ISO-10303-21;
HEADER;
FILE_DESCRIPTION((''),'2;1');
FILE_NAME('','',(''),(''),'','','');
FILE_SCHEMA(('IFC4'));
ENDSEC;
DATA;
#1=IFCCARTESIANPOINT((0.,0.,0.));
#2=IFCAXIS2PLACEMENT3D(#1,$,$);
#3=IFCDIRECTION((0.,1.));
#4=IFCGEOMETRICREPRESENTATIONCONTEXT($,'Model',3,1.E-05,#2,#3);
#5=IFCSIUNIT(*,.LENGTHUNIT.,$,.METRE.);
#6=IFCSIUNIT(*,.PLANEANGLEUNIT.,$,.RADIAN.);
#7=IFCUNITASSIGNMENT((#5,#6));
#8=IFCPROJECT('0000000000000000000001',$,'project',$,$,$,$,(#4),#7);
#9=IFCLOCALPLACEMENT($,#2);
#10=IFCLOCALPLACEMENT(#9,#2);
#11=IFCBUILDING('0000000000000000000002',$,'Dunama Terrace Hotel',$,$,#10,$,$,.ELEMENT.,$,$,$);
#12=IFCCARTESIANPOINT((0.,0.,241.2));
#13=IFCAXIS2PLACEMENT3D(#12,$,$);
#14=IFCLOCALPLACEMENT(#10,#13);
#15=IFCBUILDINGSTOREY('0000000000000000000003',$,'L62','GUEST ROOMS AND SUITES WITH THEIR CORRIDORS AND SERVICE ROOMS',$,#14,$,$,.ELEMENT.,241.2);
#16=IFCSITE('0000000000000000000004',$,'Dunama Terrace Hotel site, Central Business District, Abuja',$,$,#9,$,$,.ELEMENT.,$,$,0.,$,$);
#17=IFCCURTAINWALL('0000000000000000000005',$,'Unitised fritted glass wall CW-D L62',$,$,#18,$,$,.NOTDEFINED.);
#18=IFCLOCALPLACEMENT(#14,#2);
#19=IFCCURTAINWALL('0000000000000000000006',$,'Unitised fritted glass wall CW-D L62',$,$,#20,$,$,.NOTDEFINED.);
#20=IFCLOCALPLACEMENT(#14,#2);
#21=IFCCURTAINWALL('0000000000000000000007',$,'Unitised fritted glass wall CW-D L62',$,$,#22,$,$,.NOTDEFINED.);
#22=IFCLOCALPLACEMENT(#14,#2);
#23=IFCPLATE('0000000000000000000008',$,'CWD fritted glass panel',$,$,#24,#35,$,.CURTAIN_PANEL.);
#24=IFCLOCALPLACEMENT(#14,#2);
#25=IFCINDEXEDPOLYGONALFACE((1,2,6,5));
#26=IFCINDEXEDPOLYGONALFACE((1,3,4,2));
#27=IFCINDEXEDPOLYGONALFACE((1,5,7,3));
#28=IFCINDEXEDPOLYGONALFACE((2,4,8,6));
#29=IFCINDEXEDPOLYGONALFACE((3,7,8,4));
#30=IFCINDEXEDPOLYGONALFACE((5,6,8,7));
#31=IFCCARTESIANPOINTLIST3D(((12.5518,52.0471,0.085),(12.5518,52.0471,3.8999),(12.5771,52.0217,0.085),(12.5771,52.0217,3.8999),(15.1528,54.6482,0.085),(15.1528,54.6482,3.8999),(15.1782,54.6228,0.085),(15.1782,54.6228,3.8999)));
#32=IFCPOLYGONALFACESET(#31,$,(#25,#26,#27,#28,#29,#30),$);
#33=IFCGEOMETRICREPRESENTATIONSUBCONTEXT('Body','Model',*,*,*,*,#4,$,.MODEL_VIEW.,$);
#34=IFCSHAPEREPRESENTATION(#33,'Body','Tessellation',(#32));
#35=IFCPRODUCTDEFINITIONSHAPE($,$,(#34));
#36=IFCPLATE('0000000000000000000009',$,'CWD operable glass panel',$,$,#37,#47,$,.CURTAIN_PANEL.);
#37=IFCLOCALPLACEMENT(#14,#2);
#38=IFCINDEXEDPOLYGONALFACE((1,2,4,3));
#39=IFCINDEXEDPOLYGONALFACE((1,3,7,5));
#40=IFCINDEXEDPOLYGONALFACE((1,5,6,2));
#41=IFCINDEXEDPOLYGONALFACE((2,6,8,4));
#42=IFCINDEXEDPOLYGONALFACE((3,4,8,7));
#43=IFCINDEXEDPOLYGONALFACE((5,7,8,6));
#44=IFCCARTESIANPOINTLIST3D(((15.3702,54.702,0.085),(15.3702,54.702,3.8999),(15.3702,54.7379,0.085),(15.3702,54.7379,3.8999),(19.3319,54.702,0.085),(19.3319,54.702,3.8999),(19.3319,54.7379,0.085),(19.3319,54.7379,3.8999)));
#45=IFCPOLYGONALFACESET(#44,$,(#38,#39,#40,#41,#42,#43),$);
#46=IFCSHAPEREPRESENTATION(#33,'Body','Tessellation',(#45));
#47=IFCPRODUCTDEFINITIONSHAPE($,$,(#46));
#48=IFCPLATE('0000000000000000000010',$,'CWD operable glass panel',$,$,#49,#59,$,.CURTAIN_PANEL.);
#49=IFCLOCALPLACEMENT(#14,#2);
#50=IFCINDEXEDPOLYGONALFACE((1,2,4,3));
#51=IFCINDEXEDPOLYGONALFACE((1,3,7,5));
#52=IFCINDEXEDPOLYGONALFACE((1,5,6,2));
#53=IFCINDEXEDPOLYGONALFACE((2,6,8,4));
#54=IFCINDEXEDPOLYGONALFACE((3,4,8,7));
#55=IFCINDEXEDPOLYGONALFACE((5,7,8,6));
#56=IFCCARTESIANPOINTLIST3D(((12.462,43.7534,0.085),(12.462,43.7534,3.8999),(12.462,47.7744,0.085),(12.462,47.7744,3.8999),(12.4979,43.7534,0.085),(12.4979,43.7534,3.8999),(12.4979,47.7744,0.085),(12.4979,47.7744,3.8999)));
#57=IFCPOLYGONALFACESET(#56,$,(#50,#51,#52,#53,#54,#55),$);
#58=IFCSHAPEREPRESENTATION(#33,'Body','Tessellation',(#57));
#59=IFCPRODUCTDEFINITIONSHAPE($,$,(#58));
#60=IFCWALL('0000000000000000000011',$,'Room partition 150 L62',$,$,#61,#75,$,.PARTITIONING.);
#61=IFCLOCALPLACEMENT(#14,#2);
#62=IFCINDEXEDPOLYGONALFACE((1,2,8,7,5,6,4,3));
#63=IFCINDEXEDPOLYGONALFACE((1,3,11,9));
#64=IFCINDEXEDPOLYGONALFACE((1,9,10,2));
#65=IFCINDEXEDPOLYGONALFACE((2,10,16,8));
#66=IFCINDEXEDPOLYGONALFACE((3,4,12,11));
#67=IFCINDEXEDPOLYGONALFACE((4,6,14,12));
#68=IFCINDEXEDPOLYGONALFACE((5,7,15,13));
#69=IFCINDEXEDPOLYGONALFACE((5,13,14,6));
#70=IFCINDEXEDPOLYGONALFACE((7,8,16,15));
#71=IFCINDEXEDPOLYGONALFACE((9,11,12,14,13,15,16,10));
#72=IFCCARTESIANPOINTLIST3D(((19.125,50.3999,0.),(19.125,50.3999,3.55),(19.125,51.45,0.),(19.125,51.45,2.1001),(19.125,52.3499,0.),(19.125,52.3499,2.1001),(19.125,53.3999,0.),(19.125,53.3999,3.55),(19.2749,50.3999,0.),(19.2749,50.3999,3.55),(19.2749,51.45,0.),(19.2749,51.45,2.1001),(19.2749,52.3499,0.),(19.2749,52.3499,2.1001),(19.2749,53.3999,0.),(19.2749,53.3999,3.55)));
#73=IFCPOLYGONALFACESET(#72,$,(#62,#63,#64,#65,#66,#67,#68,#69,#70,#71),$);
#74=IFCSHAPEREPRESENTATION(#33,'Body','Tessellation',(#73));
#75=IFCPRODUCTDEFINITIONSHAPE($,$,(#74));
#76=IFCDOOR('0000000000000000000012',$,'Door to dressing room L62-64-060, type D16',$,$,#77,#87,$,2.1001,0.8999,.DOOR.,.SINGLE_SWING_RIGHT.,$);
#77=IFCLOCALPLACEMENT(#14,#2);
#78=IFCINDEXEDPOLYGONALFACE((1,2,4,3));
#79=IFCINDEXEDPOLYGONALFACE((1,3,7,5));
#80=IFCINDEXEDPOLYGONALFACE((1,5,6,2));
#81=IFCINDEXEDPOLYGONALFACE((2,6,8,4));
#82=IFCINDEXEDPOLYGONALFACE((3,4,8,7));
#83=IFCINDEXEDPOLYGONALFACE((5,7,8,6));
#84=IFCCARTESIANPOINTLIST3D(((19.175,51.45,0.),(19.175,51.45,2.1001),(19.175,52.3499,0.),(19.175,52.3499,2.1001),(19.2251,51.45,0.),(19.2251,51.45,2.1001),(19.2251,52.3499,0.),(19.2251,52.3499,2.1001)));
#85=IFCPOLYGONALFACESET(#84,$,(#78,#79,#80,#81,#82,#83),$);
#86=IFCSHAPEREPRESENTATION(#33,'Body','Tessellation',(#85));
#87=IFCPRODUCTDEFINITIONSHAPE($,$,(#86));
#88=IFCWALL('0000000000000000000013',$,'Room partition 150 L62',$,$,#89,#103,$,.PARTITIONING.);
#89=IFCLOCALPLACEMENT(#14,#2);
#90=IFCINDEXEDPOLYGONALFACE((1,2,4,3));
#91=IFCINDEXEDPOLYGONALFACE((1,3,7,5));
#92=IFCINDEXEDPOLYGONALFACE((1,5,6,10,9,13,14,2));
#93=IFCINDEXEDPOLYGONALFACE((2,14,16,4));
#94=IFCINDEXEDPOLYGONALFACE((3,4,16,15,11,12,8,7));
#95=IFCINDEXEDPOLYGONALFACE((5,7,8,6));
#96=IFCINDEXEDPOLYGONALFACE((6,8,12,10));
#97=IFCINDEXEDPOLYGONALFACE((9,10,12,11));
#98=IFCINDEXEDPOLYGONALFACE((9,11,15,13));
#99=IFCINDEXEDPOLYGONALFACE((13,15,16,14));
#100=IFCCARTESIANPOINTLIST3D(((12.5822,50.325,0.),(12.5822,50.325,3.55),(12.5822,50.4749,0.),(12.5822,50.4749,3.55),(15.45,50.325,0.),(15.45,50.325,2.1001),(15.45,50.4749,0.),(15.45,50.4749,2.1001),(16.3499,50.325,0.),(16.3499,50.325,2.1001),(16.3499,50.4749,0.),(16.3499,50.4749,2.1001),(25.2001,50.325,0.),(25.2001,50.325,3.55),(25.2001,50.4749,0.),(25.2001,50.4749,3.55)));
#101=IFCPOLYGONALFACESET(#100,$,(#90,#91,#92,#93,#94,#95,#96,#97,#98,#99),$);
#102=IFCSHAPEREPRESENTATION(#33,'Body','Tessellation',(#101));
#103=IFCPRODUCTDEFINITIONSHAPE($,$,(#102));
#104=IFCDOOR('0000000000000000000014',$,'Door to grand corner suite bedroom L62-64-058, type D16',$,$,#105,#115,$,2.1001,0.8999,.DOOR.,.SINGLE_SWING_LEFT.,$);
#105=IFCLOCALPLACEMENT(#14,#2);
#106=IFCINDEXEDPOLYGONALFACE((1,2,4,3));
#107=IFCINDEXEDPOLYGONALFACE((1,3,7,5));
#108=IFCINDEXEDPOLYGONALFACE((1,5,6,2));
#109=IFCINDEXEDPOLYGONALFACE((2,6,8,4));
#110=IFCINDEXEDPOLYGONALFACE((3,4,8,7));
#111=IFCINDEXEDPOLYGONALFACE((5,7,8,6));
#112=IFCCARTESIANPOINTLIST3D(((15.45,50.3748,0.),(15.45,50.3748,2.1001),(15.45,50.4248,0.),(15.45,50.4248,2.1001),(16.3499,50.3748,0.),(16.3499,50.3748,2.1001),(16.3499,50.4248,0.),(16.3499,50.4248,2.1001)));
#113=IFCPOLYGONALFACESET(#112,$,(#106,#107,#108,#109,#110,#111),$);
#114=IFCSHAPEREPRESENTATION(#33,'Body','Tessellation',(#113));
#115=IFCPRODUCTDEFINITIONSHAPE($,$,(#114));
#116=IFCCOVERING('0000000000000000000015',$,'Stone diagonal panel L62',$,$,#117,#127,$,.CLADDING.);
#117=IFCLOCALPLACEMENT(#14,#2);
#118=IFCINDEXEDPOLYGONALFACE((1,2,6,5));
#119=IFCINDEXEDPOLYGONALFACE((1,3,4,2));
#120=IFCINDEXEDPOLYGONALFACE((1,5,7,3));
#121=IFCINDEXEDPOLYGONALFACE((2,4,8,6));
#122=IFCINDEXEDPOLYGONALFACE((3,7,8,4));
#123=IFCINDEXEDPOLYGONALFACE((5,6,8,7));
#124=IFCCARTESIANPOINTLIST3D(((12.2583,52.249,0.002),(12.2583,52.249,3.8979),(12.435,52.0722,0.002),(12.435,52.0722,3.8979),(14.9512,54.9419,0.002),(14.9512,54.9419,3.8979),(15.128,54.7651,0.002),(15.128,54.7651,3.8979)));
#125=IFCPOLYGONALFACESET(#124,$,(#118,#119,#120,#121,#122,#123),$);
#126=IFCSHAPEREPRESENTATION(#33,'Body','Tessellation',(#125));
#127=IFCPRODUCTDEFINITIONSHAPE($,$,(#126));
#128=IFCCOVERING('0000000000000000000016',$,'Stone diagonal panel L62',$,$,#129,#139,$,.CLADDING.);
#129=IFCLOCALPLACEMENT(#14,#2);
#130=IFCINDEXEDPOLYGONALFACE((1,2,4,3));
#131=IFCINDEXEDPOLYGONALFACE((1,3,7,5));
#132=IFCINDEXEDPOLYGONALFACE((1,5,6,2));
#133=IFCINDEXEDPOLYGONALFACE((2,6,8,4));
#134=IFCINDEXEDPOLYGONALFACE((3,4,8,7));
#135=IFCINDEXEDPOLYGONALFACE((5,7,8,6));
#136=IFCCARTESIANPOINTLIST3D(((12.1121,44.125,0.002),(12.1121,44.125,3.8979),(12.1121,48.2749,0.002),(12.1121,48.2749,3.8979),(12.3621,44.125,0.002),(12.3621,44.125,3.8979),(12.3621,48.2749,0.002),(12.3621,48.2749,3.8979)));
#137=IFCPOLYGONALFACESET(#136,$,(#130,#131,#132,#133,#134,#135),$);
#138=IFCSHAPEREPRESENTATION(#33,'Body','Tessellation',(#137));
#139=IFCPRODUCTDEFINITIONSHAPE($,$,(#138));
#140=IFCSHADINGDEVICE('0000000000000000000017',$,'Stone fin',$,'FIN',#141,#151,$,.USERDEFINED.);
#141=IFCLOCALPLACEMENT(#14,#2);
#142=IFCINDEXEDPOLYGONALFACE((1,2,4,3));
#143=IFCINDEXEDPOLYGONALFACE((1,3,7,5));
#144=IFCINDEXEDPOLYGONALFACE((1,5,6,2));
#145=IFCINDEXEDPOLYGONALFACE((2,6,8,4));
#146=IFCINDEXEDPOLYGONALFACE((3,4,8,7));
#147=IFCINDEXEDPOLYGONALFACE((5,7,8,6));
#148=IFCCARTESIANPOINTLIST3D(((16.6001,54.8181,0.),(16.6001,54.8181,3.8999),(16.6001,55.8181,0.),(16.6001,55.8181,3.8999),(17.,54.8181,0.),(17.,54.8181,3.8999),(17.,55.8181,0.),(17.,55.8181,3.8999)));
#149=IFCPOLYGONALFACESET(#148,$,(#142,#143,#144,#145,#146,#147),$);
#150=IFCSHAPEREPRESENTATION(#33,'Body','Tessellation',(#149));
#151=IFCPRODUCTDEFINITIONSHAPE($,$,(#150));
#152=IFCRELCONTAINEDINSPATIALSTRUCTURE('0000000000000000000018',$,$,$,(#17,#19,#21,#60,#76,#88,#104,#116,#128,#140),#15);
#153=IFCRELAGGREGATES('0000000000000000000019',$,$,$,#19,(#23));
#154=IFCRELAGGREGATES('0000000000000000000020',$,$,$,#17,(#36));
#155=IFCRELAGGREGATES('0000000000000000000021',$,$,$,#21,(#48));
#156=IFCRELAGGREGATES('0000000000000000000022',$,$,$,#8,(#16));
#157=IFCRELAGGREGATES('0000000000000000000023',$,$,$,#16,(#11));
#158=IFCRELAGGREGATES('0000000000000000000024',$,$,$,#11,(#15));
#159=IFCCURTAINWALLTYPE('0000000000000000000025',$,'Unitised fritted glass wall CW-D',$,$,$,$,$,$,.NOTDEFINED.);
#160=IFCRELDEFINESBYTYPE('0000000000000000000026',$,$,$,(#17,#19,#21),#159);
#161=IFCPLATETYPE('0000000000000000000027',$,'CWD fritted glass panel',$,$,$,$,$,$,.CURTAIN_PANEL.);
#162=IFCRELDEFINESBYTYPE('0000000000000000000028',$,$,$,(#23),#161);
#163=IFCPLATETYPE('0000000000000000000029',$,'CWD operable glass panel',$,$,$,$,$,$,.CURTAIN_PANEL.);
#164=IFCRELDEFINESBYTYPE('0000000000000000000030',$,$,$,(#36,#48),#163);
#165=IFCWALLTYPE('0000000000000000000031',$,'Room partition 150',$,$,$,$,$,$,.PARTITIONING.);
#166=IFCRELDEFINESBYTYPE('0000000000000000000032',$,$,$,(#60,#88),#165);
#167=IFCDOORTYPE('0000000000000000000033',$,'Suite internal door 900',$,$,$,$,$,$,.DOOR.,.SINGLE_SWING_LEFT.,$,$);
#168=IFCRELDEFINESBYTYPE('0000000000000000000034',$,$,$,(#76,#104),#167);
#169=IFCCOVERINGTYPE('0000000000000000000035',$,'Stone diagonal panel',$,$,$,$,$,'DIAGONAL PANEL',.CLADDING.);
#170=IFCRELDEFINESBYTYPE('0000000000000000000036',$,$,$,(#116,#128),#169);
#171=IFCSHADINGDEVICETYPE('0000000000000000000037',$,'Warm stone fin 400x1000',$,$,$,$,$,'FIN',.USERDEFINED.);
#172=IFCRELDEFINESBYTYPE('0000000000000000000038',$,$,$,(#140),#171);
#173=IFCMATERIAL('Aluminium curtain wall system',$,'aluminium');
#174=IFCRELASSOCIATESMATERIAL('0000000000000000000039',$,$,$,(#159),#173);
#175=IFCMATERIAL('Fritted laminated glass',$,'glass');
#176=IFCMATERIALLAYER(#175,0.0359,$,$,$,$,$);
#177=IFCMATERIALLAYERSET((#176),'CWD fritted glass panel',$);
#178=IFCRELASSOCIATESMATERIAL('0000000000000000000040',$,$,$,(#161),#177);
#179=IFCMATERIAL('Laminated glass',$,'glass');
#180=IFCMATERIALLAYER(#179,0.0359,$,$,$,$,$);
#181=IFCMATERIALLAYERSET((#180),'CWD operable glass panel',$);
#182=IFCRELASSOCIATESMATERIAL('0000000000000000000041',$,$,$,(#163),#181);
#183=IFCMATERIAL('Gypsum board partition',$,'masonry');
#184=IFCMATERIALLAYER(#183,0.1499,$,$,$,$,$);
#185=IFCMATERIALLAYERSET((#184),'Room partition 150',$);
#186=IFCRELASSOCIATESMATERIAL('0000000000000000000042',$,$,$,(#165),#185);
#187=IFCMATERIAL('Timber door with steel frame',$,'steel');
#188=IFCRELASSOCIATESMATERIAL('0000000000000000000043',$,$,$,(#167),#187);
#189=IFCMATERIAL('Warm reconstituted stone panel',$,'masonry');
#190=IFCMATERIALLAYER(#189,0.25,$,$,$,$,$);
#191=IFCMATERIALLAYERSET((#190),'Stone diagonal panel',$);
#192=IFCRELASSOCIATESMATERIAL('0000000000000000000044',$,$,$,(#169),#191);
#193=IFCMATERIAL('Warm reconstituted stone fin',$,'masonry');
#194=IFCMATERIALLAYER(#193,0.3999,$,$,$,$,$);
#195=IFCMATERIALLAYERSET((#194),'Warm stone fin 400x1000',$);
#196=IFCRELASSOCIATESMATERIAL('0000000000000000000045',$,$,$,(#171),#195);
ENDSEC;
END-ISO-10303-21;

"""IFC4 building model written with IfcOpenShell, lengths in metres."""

from ifc_helpers import new_model, si_unit, direction, frame, frame_2d, origin, origin_2d, place, context, subcontext, project, spatial, rectangle, extrude, material, layer, layer_set, type_object, element, fill, aggregate, save


model = new_model("IFC4")

# Units and contexts
model_context = context("Model", 3, precision=1e-05, world=origin(), true_north=direction((0.0, 1.0)))
body_context = subcontext(model_context, "Body", "Model", "MODEL_VIEW")
ifc_project = project(units=[si_unit("LENGTHUNIT", "METRE"), si_unit("PLANEANGLEUNIT", "RADIAN")], contexts=[model_context])

# Site, building, storey
site_placement = place(None, origin())
site = spatial("IfcSite", under=ifc_project, at=site_placement, Name="Dunama Terrace Hotel site, Central Business District, Abuja", CompositionType="ELEMENT", RefElevation=0.0)
building_placement = place(site_placement, origin())
building = spatial("IfcBuilding", under=site, at=building_placement, Name="Dunama Terrace Hotel", CompositionType="ELEMENT")
storey_placement = place(building_placement, frame((0.0, 0.0, 241.2)))
storey = spatial("IfcBuildingStorey", under=building, at=storey_placement, Name="L62", Description="GUEST ROOMS AND SUITES WITH THEIR CORRIDORS AND SERVICE ROOMS", CompositionType="ELEMENT", Elevation=241.2)

# Curtain wall
ifc_material_1 = material(Name="Aluminium curtain wall system", Category="aluminium")
curtain_wall_type = type_object("IfcCurtainWallType", Name="Unitised fritted glass wall CW-D", PredefinedType="NOTDEFINED", material=ifc_material_1)
curtain_wall_1_placement = place(storey_placement, origin())
curtain_wall_1 = element("IfcCurtainWall", 1, at=curtain_wall_1_placement, inside=storey, type_object=curtain_wall_type, Name="Unitised fritted glass wall CW-D L62", PredefinedType="NOTDEFINED")

# Curtain walls
curtain_wall_2_placement = place(storey_placement, origin())
curtain_wall_2 = element("IfcCurtainWall", 2, at=curtain_wall_2_placement, inside=storey, type_object=curtain_wall_type, Name="Unitised fritted glass wall CW-D L62", PredefinedType="NOTDEFINED")
curtain_wall_3_placement = place(storey_placement, origin())
curtain_wall_3 = element("IfcCurtainWall", 3, at=curtain_wall_3_placement, inside=storey, type_object=curtain_wall_type, Name="Unitised fritted glass wall CW-D L62", PredefinedType="NOTDEFINED")

# Plates
ifc_material_2 = material(Name="Fritted laminated glass", Category="glass")
ifc_layer_1 = layer(ifc_material_2, 0.0359)
ifc_layer_set_1 = layer_set([ifc_layer_1], Name="CWD fritted glass panel")
plate_type_1 = type_object("IfcPlateType", Name="CWD fritted glass panel", PredefinedType="CURTAIN_PANEL", material=ifc_layer_set_1)
plate_1_placement = place(storey_placement, frame((13.865, 53.335, 0.085), z_axis=(0.0, 0.0, 1.0), x_axis=(-0.707107, -0.707107, 0.0)))
plate_1 = element("IfcPlate", 4, at=plate_1_placement, type_object=plate_type_1, Name="CWD fritted glass panel", PredefinedType="CURTAIN_PANEL", context=body_context, shape_type="SweptSolid", body=[
    extrude(rectangle(XDim=3.6785, YDim=0.0359, at=origin_2d()), origin(), (0.0, 0.0, 1.0), 3.8149),
])
aggregate(curtain_wall_2, [plate_1])
ifc_material_3 = material(Name="Laminated glass", Category="glass")
ifc_layer_2 = layer(ifc_material_3, 0.0359)
ifc_layer_set_2 = layer_set([ifc_layer_2], Name="CWD operable glass panel")
plate_type_2 = type_object("IfcPlateType", Name="CWD operable glass panel", PredefinedType="CURTAIN_PANEL", material=ifc_layer_set_2)
plate_2_placement = place(storey_placement, frame((17.3511, 54.72, 0.085), z_axis=(0.0, 0.0, 1.0), x_axis=(-1.0, 0.0, 0.0)))
plate_2 = element("IfcPlate", 5, at=plate_2_placement, type_object=plate_type_2, Name="CWD operable glass panel", PredefinedType="CURTAIN_PANEL", context=body_context, shape_type="SweptSolid", body=[
    extrude(rectangle(XDim=3.9617, YDim=0.0359, at=origin_2d()), origin(), (0.0, 0.0, 1.0), 3.8149),
])
aggregate(curtain_wall_1, [plate_2])
plate_3_placement = place(storey_placement, frame((12.48, 45.7639, 0.085), z_axis=(0.0, 0.0, 1.0), x_axis=(0.0, -1.0, 0.0)))
plate_3 = element("IfcPlate", 6, at=plate_3_placement, type_object=plate_type_2, Name="CWD operable glass panel", PredefinedType="CURTAIN_PANEL", context=body_context, shape_type="SweptSolid", body=[
    extrude(rectangle(XDim=4.021, YDim=0.0359, at=origin_2d()), origin(), (0.0, 0.0, 1.0), 3.8149),
])
aggregate(curtain_wall_3, [plate_3])

# Walls, openings, doors
ifc_material_4 = material(Name="Gypsum board partition", Category="masonry")
ifc_layer_3 = layer(ifc_material_4, 0.1499)
ifc_layer_set_3 = layer_set([ifc_layer_3], Name="Room partition 150")
wall_type = type_object("IfcWallType", Name="Room partition 150", PredefinedType="PARTITIONING", material=ifc_layer_set_3)
wall_1_placement = place(storey_placement, frame((19.2, 50.3999, 0.0), z_axis=(0.0, 0.0, 1.0), x_axis=(0.0, 1.0, 0.0)))
wall_1 = element("IfcWall", 7, at=wall_1_placement, inside=storey, type_object=wall_type, Name="Room partition 150 L62", PredefinedType="PARTITIONING", context=body_context, shape_type="SweptSolid", body=[
    extrude(rectangle(XDim=3.0, YDim=0.1499, at=frame_2d((1.5, 0.0))), origin(), (0.0, 0.0, 1.0), 3.55),
])
opening_1_placement = place(wall_1_placement, frame((1.05, 0.0, 0.0)))
opening_1 = element("IfcOpeningElement", 8, at=opening_1_placement, cuts=wall_1, PredefinedType="OPENING", context=body_context, shape_type="SweptSolid", body=[
    extrude(rectangle(XDim=0.8999, YDim=2.1001, at=frame_2d((0.45, 1.05))), frame((0.0, 0.085, 0.0), z_axis=(0.0, -1.0, 0.0), x_axis=(1.0, 0.0, 0.0)), (0.0, 0.0, 1.0), 0.1699),
])
ifc_material_5 = material(Name="Timber door with steel frame", Category="steel")
door_type = type_object("IfcDoorType", Name="Suite internal door 900", OperationType="SINGLE_SWING_LEFT", PredefinedType="DOOR", material=ifc_material_5)
door_1_placement = place(opening_1_placement, frame((0.8999, 0.0, 0.0), z_axis=(0.0, 0.0, 1.0), x_axis=(-1.0, 0.0, 0.0)))
door_1 = element("IfcDoor", 9, at=door_1_placement, inside=storey, type_object=door_type, Name="Door to dressing room L62-64-060, type D16", OperationType="SINGLE_SWING_RIGHT", OverallHeight=2.1001, OverallWidth=0.8999, PredefinedType="DOOR", context=body_context, shape_type="SweptSolid", body=[
    extrude(rectangle(XDim=0.8999, YDim=2.1001, at=frame_2d((0.45, 1.05))), frame((0.0, 0.0251, 0.0), z_axis=(0.0, -1.0, 0.0), x_axis=(1.0, 0.0, 0.0)), (0.0, 0.0, 1.0), 0.05),
])
fill(opening_1, door_1)
wall_2_placement = place(storey_placement, frame((12.582, 50.3999, 0.0), z_axis=(0.0, 0.0, 1.0), x_axis=(1.0, 0.0, 0.0)))
wall_2 = element("IfcWall", 10, at=wall_2_placement, inside=storey, type_object=wall_type, Name="Room partition 150 L62", PredefinedType="PARTITIONING", context=body_context, shape_type="SweptSolid", body=[
    extrude(rectangle(XDim=12.6179, YDim=0.1499, at=frame_2d((6.3091, 0.0))), origin(), (0.0, 0.0, 1.0), 3.55),
])
opening_2_placement = place(wall_2_placement, frame((2.8679, 0.0, 0.0)))
opening_2 = element("IfcOpeningElement", 11, at=opening_2_placement, cuts=wall_2, PredefinedType="OPENING", context=body_context, shape_type="SweptSolid", body=[
    extrude(rectangle(XDim=0.8999, YDim=2.1001, at=frame_2d((0.45, 1.05))), frame((0.0, 0.085, 0.0), z_axis=(0.0, -1.0, 0.0), x_axis=(1.0, 0.0, 0.0)), (0.0, 0.0, 1.0), 0.1699),
])
door_2_placement = place(opening_2_placement, origin())
door_2 = element("IfcDoor", 12, at=door_2_placement, inside=storey, type_object=door_type, Name="Door to grand corner suite bedroom L62-64-058, type D16", OperationType="SINGLE_SWING_LEFT", OverallHeight=2.1001, OverallWidth=0.8999, PredefinedType="DOOR", context=body_context, shape_type="SweptSolid", body=[
    extrude(rectangle(XDim=0.8999, YDim=2.1001, at=frame_2d((0.45, 1.05))), frame((0.0, 0.0249, 0.0), z_axis=(0.0, -1.0, 0.0), x_axis=(1.0, 0.0, 0.0)), (0.0, 0.0, 1.0), 0.05),
])
fill(opening_2, door_2)

# Coverings
ifc_material_6 = material(Name="Warm reconstituted stone panel", Category="masonry")
ifc_layer_4 = layer(ifc_material_6, 0.25)
ifc_layer_set_4 = layer_set([ifc_layer_4], Name="Stone diagonal panel")
covering_type = type_object("IfcCoveringType", Name="Stone diagonal panel", ElementType="DIAGONAL PANEL", PredefinedType="CLADDING", material=ifc_layer_set_4)
covering_1_placement = place(storey_placement, frame((13.6931, 53.5071, 0.002), z_axis=(0.0, 0.0, 1.0), x_axis=(-0.707107, -0.707107, 0.0)))
element("IfcCovering", 13, at=covering_1_placement, inside=storey, type_object=covering_type, Name="Stone diagonal panel L62", PredefinedType="CLADDING", context=body_context, shape_type="SweptSolid", body=[
    extrude(rectangle(XDim=3.8083, YDim=0.25, at=origin_2d()), origin(), (0.0, 0.0, 1.0), 3.896),
])
covering_2_placement = place(storey_placement, frame((12.2371, 46.2, 0.002), z_axis=(0.0, 0.0, 1.0), x_axis=(0.0, -1.0, 0.0)))
element("IfcCovering", 14, at=covering_2_placement, inside=storey, type_object=covering_type, Name="Stone diagonal panel L62", PredefinedType="CLADDING", context=body_context, shape_type="SweptSolid", body=[
    extrude(rectangle(XDim=4.1499, YDim=0.25, at=origin_2d()), origin(), (0.0, 0.0, 1.0), 3.896),
])

# Shading device
ifc_material_7 = material(Name="Warm reconstituted stone fin", Category="masonry")
ifc_layer_5 = layer(ifc_material_7, 0.3999)
ifc_layer_set_5 = layer_set([ifc_layer_5], Name="Warm stone fin 400x1000")
shading_device_type = type_object("IfcShadingDeviceType", Name="Warm stone fin 400x1000", ElementType="FIN", PredefinedType="USERDEFINED", material=ifc_layer_set_5)
shading_device_placement = place(storey_placement, frame((16.8, 55.3181, 0.0), z_axis=(0.0, 0.0, 1.0), x_axis=(-1.0, 0.0, 0.0)))
element("IfcShadingDevice", 15, at=shading_device_placement, inside=storey, type_object=shading_device_type, Name="Stone fin", ObjectType="FIN", PredefinedType="USERDEFINED", context=body_context, shape_type="SweptSolid", body=[
    extrude(rectangle(XDim=0.3999, YDim=1.0, at=origin_2d()), origin(), (0.0, 0.0, 1.0), 3.8999),
])

save(model, "model.ifc")
